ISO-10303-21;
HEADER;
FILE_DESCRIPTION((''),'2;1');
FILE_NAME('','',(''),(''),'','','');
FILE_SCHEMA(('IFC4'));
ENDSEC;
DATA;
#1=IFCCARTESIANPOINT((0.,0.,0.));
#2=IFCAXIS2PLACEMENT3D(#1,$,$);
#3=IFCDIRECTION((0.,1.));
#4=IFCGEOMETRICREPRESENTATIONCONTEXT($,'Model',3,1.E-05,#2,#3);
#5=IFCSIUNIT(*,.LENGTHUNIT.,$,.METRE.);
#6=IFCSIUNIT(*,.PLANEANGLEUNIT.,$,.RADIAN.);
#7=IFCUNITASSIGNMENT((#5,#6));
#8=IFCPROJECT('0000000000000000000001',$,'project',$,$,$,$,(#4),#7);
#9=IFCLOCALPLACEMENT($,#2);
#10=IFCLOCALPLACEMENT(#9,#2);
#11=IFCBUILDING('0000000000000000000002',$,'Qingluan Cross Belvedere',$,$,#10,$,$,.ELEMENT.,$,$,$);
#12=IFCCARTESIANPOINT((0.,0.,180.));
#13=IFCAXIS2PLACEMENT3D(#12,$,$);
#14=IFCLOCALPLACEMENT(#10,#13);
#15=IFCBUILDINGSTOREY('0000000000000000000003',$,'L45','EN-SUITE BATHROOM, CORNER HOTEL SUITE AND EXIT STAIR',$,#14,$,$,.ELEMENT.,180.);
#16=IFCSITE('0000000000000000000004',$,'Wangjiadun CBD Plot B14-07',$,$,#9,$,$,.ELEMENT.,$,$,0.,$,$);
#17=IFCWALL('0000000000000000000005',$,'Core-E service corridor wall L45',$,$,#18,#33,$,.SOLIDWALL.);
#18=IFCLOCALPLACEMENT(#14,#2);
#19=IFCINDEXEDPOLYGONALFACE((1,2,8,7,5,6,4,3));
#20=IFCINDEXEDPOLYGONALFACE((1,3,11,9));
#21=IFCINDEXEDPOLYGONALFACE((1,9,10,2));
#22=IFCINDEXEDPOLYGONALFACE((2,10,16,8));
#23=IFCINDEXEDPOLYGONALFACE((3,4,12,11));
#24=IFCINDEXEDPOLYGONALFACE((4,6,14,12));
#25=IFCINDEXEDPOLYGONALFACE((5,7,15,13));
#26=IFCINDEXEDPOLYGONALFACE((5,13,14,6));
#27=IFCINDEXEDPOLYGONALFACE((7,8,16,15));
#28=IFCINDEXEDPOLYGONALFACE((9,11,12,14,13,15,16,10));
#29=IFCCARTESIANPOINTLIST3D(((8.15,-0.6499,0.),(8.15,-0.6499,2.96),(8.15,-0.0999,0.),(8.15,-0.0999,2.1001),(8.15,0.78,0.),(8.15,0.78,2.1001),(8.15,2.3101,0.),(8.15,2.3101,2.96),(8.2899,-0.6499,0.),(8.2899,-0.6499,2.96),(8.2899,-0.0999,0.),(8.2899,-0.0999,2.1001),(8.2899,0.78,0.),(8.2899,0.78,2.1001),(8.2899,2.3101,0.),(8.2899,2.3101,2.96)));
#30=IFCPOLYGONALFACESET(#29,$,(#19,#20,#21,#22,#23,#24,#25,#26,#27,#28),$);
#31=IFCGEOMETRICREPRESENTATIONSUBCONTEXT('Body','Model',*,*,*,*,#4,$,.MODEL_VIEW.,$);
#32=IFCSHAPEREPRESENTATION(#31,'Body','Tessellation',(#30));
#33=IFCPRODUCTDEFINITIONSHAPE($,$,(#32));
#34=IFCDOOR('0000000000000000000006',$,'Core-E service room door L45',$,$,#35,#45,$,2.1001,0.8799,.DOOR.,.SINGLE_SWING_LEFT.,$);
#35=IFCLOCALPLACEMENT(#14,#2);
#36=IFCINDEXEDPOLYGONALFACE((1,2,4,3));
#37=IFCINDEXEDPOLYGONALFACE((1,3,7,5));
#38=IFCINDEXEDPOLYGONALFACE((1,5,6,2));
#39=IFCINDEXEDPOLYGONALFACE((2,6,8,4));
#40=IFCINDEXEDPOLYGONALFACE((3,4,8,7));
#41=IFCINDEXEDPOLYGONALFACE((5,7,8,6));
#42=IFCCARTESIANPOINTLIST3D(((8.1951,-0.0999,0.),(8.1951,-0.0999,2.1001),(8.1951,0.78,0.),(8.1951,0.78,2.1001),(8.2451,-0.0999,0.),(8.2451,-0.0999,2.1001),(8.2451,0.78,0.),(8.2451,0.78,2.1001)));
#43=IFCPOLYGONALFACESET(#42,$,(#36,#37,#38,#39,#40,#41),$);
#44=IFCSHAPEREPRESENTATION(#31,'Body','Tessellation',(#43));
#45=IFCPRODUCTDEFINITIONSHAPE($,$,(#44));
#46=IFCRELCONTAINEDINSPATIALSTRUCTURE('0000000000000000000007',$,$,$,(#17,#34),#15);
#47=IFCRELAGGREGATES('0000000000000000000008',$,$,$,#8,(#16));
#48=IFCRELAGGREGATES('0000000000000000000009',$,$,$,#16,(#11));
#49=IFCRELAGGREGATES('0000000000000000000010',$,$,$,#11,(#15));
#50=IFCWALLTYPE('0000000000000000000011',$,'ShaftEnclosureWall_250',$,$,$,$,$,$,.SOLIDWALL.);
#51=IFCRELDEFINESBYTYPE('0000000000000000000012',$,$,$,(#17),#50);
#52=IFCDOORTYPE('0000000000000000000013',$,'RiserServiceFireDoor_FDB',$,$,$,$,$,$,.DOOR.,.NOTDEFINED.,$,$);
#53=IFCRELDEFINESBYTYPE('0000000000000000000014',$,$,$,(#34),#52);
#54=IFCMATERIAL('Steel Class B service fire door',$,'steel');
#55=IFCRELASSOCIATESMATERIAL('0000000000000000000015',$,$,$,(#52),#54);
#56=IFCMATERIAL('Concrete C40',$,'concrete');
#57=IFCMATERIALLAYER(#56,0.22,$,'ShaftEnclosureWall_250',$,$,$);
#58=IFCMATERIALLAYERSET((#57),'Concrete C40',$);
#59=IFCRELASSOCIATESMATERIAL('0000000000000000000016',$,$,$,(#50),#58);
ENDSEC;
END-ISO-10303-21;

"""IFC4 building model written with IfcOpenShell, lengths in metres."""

from ifc_helpers import new_model, si_unit, direction, frame, frame_2d, origin, place, context, subcontext, project, spatial, rectangle, extrude, material, layer, layer_set, type_object, element, fill, save


model = new_model("IFC4")

# Units and contexts
model_context = context("Model", 3, precision=1e-05, world=origin(), true_north=direction((0.0, 1.0)))
body_context = subcontext(model_context, "Body", "Model", "MODEL_VIEW")
ifc_project = project(units=[si_unit("LENGTHUNIT", "METRE"), si_unit("PLANEANGLEUNIT", "RADIAN")], contexts=[model_context])

# Site, building, storey
site_placement = place(None, origin())
site = spatial("IfcSite", under=ifc_project, at=site_placement, Name="Wangjiadun CBD Plot B14-07", CompositionType="ELEMENT", RefElevation=0.0)
building_placement = place(site_placement, origin())
building = spatial("IfcBuilding", under=site, at=building_placement, Name="Qingluan Cross Belvedere", CompositionType="ELEMENT")
storey_placement = place(building_placement, frame((0.0, 0.0, 180.0)))
storey = spatial("IfcBuildingStorey", under=building, at=storey_placement, Name="L45", Description="EN-SUITE BATHROOM, CORNER HOTEL SUITE AND EXIT STAIR", CompositionType="ELEMENT", Elevation=180.0)

# Shared definitions
ifc_material_1 = material(Name="Steel Class B service fire door", Category="steel")
door_type_1 = type_object("IfcDoorType", Name="RiserServiceFireDoor_FDB", OperationType="NOTDEFINED", PredefinedType="DOOR", material=ifc_material_1)

# Shared definitions
ifc_material_2 = material(Name="Concrete C40", Category="concrete")
ifc_layer_1 = layer(ifc_material_2, 0.22, Name="ShaftEnclosureWall_250")
ifc_layer_set_1 = layer_set([ifc_layer_1], Name="Concrete C40")
wall_type_1 = type_object("IfcWallType", Name="ShaftEnclosureWall_250", PredefinedType="SOLIDWALL", material=ifc_layer_set_1)

# Wall, opening, door
wall_1_placement = place(storey_placement, frame((8.22, -0.6499, 0.0), z_axis=(0.0, 0.0, 1.0), x_axis=(0.0, 1.0, 0.0)))
wall_1 = element("IfcWall", 1, at=wall_1_placement, inside=storey, type_object=wall_type_1, Name="Core-E service corridor wall L45", PredefinedType="SOLIDWALL", context=body_context, shape_type="SweptSolid", body=[
    extrude(rectangle(XDim=2.96, YDim=0.1399, at=frame_2d((1.48, 0.0))), origin(), (0.0, 0.0, 1.0), 2.96),
])
opening_1_placement = place(wall_1_placement, frame((0.55, 0.0, 0.0)))
opening_1 = element("IfcOpeningElement", 2, at=opening_1_placement, cuts=wall_1, PredefinedType="OPENING", context=body_context, shape_type="SweptSolid", body=[
    extrude(rectangle(XDim=0.8799, YDim=2.1001, at=frame_2d((0.4399, 1.05))), frame((0.0, 0.0798, 0.0), z_axis=(0.0, -1.0, 0.0), x_axis=(1.0, 0.0, 0.0)), (0.0, 0.0, 1.0), 0.1599),
])
door_1_placement = place(opening_1_placement, origin())
door_1 = element("IfcDoor", 3, at=door_1_placement, inside=storey, type_object=door_type_1, Name="Core-E service room door L45", OperationType="SINGLE_SWING_LEFT", OverallHeight=2.1001, OverallWidth=0.8799, PredefinedType="DOOR", context=body_context, shape_type="SweptSolid", body=[
    extrude(rectangle(XDim=0.8799, YDim=2.1001, at=frame_2d((0.4399, 1.05))), frame((0.0, 0.0249, 0.0), z_axis=(0.0, -1.0, 0.0), x_axis=(1.0, 0.0, 0.0)), (0.0, 0.0, 1.0), 0.05),
])
fill(opening_1, door_1)

save(model, "model.ifc")
